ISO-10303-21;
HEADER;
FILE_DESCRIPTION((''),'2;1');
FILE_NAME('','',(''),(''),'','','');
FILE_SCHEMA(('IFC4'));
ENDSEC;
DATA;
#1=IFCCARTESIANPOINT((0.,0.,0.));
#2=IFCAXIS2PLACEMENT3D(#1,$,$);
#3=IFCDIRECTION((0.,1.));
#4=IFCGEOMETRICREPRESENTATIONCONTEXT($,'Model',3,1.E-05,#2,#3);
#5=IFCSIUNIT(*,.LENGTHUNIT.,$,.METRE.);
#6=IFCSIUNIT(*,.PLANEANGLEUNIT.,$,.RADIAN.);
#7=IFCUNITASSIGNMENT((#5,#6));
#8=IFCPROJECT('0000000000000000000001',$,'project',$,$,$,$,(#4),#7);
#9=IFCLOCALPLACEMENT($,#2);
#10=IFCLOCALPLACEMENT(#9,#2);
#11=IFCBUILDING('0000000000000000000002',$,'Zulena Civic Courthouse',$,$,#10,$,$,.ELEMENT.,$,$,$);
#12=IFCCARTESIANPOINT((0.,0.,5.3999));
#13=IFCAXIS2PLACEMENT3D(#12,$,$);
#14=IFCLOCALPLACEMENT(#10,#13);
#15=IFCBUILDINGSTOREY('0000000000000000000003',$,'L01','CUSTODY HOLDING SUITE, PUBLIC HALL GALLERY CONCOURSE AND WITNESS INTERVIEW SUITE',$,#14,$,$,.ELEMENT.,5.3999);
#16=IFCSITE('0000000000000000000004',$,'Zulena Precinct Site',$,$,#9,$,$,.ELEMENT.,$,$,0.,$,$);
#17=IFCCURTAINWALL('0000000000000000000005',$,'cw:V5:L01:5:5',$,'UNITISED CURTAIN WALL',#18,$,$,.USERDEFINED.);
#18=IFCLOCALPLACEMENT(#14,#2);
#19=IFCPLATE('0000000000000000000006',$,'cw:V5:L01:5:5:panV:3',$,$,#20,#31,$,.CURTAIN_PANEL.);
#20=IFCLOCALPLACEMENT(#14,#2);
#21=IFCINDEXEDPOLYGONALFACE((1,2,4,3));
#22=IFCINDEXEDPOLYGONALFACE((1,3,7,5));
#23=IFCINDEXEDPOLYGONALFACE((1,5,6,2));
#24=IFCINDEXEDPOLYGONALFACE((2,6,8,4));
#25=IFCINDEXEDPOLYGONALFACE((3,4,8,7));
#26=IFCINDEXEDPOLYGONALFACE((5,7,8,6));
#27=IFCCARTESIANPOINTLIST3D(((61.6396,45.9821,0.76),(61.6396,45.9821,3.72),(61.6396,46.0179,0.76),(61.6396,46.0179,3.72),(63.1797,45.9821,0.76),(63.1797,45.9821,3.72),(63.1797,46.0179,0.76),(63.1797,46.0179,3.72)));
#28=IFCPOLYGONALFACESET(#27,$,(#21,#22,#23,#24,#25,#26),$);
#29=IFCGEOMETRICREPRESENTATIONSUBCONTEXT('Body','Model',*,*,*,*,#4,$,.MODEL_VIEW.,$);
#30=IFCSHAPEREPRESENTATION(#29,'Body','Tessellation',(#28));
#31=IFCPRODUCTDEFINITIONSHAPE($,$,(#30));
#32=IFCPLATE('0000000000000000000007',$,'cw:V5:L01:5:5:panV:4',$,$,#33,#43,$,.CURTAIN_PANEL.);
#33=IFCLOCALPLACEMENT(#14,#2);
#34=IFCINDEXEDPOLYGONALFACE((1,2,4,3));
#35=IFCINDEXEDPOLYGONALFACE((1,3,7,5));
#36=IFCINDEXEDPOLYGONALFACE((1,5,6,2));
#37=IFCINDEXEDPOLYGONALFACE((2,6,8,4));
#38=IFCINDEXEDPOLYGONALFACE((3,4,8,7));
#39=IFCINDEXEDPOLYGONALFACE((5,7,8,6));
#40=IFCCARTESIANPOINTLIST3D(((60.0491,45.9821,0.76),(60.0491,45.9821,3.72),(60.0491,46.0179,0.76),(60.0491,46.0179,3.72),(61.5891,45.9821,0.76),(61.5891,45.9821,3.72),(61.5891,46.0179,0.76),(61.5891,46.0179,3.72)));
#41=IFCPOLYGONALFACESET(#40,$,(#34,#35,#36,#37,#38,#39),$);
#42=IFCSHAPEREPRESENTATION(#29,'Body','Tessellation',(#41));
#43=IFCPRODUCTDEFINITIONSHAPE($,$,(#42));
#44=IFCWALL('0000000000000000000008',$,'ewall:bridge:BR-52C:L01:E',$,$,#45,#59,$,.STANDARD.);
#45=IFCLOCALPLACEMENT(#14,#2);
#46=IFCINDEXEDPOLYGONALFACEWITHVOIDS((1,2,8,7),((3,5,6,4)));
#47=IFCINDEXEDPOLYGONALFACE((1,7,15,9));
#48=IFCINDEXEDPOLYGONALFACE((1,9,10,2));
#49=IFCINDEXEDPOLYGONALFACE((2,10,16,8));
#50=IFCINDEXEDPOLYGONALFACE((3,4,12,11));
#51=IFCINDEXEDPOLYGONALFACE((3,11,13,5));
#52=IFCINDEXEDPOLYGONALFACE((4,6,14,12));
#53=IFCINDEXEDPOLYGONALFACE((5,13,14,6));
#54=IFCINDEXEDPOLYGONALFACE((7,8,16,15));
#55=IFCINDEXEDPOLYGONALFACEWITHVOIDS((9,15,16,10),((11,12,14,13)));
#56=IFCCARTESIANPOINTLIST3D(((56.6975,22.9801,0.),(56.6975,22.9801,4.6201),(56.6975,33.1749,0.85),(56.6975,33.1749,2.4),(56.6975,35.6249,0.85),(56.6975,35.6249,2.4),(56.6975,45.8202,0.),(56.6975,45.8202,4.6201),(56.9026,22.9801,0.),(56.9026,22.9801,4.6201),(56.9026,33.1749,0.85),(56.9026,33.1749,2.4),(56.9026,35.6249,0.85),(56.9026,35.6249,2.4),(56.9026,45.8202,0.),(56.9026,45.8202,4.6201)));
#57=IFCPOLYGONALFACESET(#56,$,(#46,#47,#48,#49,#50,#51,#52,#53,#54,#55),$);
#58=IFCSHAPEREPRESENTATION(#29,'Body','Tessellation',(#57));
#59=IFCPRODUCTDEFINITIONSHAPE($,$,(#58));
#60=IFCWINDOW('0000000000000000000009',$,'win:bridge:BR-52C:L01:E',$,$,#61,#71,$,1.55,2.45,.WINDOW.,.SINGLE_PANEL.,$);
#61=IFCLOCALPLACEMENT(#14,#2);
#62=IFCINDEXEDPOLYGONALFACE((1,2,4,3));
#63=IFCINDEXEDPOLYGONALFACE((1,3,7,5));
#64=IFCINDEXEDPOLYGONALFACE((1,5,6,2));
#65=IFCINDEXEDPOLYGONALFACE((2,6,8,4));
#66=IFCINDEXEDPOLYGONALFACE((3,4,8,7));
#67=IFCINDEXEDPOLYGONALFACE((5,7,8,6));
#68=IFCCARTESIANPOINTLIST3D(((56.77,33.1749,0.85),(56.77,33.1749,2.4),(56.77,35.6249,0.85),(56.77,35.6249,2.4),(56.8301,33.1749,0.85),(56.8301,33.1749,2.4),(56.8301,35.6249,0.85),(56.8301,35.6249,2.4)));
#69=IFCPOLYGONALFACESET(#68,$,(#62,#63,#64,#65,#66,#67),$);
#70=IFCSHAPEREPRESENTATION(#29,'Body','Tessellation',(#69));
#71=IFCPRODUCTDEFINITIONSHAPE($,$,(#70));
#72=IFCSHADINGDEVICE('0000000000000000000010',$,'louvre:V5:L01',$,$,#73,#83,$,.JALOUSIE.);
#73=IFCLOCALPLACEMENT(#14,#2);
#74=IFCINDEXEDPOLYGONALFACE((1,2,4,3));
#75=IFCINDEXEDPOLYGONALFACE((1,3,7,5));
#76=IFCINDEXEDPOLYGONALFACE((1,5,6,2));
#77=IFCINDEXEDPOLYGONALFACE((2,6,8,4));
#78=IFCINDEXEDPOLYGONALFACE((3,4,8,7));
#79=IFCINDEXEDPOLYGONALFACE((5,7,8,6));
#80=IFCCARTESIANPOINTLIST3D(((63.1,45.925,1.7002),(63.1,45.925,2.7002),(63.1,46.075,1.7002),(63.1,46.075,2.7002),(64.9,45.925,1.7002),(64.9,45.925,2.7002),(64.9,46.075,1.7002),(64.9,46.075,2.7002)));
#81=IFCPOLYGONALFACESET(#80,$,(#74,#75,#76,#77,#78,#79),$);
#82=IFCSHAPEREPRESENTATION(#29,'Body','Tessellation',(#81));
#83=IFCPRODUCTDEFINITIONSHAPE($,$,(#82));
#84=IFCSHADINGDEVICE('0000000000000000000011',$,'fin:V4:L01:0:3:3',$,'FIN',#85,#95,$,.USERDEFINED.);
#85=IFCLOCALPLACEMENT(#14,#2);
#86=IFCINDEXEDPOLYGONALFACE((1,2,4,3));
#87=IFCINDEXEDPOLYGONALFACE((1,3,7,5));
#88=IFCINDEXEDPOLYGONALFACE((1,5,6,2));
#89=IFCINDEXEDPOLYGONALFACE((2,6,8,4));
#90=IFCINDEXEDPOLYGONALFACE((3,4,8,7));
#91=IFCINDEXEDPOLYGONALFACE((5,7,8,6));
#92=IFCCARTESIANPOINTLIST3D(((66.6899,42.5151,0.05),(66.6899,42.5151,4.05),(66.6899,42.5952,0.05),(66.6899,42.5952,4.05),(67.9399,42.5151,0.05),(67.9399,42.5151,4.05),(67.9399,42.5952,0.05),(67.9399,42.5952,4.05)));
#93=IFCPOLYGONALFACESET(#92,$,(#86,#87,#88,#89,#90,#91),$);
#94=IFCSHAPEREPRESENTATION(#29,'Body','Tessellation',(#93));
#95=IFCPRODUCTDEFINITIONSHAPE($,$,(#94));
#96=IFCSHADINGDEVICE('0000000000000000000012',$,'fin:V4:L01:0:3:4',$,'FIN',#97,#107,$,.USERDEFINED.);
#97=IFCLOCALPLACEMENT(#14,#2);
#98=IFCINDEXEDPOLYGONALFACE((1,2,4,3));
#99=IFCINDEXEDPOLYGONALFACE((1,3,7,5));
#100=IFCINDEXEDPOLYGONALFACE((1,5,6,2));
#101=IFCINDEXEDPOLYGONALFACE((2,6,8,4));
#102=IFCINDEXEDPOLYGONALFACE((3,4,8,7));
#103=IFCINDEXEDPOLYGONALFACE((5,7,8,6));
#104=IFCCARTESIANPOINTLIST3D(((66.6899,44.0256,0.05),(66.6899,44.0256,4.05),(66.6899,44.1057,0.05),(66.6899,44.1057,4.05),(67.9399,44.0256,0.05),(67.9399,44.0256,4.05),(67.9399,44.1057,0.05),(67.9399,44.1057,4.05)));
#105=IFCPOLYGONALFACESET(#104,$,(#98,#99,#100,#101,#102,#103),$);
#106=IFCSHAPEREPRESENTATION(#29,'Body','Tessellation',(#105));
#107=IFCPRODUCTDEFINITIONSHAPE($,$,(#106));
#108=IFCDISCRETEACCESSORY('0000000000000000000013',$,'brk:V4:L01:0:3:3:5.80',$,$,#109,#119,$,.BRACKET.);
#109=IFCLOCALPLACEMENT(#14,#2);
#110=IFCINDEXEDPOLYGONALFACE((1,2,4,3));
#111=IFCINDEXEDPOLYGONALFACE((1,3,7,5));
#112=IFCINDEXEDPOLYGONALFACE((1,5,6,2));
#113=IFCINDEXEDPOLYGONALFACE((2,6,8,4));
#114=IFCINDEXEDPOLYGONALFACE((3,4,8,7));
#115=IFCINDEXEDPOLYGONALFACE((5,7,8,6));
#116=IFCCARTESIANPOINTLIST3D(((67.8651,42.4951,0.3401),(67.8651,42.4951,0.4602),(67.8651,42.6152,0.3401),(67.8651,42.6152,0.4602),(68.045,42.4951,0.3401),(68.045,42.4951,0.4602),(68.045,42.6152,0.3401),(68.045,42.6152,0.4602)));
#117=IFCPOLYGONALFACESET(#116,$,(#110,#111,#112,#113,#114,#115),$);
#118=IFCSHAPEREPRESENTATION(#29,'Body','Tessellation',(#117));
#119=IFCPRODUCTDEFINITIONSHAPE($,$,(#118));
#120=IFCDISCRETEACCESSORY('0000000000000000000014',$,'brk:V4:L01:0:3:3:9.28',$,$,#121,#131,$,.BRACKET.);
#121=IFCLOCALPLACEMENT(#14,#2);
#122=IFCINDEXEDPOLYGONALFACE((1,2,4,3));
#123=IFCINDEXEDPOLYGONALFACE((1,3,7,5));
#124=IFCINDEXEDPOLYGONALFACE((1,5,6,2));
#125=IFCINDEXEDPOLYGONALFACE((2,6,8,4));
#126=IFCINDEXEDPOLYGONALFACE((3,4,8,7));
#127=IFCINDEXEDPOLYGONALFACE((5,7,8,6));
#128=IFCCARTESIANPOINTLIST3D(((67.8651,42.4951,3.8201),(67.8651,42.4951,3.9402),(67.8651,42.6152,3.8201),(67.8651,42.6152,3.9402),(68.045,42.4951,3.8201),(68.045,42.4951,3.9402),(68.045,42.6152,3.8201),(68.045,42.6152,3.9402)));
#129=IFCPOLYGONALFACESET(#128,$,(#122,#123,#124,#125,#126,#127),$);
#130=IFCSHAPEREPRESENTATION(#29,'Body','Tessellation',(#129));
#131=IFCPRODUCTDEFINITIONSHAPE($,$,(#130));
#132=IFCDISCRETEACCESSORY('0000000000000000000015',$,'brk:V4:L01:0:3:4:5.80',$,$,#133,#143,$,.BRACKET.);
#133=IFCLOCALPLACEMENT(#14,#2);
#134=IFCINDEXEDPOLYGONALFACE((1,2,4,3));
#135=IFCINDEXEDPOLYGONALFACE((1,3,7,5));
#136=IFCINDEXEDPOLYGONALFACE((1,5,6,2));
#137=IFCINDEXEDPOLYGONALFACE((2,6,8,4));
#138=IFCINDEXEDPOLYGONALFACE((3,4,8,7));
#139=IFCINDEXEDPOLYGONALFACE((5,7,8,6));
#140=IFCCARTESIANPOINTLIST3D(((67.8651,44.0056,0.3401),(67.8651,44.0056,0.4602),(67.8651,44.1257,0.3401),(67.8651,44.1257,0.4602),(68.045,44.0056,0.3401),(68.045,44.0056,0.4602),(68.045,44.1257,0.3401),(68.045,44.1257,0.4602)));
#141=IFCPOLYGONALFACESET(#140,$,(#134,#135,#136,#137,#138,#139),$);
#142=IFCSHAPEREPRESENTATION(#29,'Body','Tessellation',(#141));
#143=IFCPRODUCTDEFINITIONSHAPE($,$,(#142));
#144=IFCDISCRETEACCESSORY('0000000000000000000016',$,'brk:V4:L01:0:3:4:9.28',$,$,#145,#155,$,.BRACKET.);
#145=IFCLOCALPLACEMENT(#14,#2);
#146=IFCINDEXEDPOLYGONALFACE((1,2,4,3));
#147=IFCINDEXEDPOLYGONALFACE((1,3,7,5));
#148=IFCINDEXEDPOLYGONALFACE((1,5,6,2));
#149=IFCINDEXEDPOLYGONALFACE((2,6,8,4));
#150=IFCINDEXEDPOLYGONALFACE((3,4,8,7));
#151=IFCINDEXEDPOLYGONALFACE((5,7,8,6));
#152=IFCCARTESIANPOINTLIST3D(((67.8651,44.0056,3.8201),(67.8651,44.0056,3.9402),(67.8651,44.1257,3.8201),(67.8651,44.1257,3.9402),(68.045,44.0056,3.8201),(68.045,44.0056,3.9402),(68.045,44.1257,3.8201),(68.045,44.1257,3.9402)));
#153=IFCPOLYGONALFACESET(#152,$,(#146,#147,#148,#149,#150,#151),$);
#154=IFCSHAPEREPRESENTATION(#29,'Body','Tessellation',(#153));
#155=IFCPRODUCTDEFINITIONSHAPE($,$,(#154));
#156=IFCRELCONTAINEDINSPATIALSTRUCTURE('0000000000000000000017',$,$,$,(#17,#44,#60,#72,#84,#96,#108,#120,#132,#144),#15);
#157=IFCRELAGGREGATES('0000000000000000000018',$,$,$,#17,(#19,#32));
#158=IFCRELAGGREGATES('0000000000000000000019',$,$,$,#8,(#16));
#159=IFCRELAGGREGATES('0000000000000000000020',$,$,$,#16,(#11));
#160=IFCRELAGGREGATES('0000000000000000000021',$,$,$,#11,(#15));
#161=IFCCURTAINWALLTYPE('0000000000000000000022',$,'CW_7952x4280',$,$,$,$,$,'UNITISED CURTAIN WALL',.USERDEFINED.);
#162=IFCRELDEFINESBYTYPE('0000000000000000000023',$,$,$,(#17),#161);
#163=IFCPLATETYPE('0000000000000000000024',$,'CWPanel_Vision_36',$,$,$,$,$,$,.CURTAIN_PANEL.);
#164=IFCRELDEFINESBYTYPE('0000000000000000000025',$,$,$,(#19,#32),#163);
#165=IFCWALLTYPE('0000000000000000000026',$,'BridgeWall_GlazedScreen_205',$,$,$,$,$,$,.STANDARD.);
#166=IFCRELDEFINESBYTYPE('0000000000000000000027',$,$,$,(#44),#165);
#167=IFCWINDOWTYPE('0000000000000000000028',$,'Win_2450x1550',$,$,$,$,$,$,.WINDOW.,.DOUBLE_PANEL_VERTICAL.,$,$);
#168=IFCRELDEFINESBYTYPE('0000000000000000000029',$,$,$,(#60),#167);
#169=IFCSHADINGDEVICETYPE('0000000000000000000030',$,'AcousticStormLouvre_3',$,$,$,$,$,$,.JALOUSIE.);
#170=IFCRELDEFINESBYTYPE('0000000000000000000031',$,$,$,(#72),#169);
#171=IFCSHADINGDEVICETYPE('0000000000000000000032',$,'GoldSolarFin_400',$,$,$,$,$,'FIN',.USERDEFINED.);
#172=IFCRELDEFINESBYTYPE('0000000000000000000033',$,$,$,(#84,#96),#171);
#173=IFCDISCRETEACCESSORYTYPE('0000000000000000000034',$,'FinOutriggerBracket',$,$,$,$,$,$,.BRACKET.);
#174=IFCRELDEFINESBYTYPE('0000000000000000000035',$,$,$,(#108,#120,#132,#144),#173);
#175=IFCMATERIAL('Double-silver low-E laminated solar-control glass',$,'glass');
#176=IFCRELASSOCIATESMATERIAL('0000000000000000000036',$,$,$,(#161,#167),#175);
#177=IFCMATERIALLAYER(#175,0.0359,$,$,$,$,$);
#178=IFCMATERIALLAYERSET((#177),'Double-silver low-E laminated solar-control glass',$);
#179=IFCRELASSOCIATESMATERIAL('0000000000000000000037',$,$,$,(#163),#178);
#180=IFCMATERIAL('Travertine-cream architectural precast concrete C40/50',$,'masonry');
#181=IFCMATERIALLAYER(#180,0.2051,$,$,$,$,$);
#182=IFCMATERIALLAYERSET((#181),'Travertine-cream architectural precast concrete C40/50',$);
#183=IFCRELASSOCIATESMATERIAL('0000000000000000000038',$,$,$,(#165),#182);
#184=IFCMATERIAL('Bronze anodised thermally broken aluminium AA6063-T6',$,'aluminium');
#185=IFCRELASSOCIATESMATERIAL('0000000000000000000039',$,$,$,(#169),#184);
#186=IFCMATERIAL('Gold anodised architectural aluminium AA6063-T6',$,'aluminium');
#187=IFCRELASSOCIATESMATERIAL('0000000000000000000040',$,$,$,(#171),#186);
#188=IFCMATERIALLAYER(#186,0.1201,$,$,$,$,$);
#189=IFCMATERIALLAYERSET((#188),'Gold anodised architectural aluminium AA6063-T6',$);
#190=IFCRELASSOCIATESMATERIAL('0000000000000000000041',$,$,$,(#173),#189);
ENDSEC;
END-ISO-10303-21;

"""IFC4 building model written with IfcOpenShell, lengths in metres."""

from ifc_helpers import new_model, si_unit, direction, frame, frame_2d, origin, origin_2d, place, context, subcontext, project, spatial, rectangle, extrude, material, layer, layer_set, type_object, element, fill, aggregate, save


model = new_model("IFC4")

# Units and contexts
model_context = context("Model", 3, precision=1e-05, world=origin(), true_north=direction((0.0, 1.0)))
body_context = subcontext(model_context, "Body", "Model", "MODEL_VIEW")
ifc_project = project(units=[si_unit("LENGTHUNIT", "METRE"), si_unit("PLANEANGLEUNIT", "RADIAN")], contexts=[model_context])

# Site, building, storey
site_placement = place(None, origin())
site = spatial("IfcSite", under=ifc_project, at=site_placement, Name="Zulena Precinct Site", CompositionType="ELEMENT", RefElevation=0.0)
building_placement = place(site_placement, origin())
building = spatial("IfcBuilding", under=site, at=building_placement, Name="Zulena Civic Courthouse", CompositionType="ELEMENT")
storey_placement = place(building_placement, frame((0.0, 0.0, 5.3999)))
storey = spatial("IfcBuildingStorey", under=building, at=storey_placement, Name="L01", Description="CUSTODY HOLDING SUITE, PUBLIC HALL GALLERY CONCOURSE AND WITNESS INTERVIEW SUITE", CompositionType="ELEMENT", Elevation=5.3999)

# Curtain wall
ifc_material_1 = material(Name="Double-silver low-E laminated solar-control glass", Category="glass")
curtain_wall_type = type_object("IfcCurtainWallType", Name="CW_7952x4280", ElementType="UNITISED CURTAIN WALL", PredefinedType="USERDEFINED", material=ifc_material_1)
curtain_wall_placement = place(storey_placement, origin())
curtain_wall = element("IfcCurtainWall", 1, at=curtain_wall_placement, inside=storey, type_object=curtain_wall_type, Name="cw:V5:L01:5:5", ObjectType="UNITISED CURTAIN WALL", PredefinedType="USERDEFINED")
ifc_material_2 = material(Name="Bronze anodised thermally broken aluminium AA6063-T6", Category="aluminium")

# Plates
ifc_layer_1 = layer(ifc_material_1, 0.0359)
ifc_layer_set_1 = layer_set([ifc_layer_1], Name="Double-silver low-E laminated solar-control glass")
plate_type_1 = type_object("IfcPlateType", Name="CWPanel_Vision_36", PredefinedType="CURTAIN_PANEL", material=ifc_layer_set_1)
plate_1_placement = place(storey_placement, frame((62.4097, 46.0, 0.76), z_axis=(0.0, 0.0, 1.0), x_axis=(-1.0, 0.0, 0.0)))
plate_1 = element("IfcPlate", 2, at=plate_1_placement, type_object=plate_type_1, Name="cw:V5:L01:5:5:panV:3", PredefinedType="CURTAIN_PANEL", context=body_context, shape_type="SweptSolid", body=[
    extrude(rectangle(XDim=1.54, YDim=0.0359, at=origin_2d()), origin(), (0.0, 0.0, 1.0), 2.96),
])
plate_2_placement = place(storey_placement, frame((60.8191, 46.0, 0.76), z_axis=(0.0, 0.0, 1.0), x_axis=(-1.0, 0.0, 0.0)))
plate_2 = element("IfcPlate", 3, at=plate_2_placement, type_object=plate_type_1, Name="cw:V5:L01:5:5:panV:4", PredefinedType="CURTAIN_PANEL", context=body_context, shape_type="SweptSolid", body=[
    extrude(rectangle(XDim=1.54, YDim=0.0359, at=origin_2d()), origin(), (0.0, 0.0, 1.0), 2.96),
])
aggregate(curtain_wall, [plate_1, plate_2])

# Wall, opening, window
ifc_material_3 = material(Name="Travertine-cream architectural precast concrete C40/50", Category="masonry")
ifc_layer_2 = layer(ifc_material_3, 0.2051)
ifc_layer_set_2 = layer_set([ifc_layer_2], Name="Travertine-cream architectural precast concrete C40/50")
wall_type = type_object("IfcWallType", Name="BridgeWall_GlazedScreen_205", PredefinedType="STANDARD", material=ifc_layer_set_2)
wall_placement = place(storey_placement, frame((56.8, 45.8201, 0.0), z_axis=(0.0, 0.0, 1.0), x_axis=(0.0, -1.0, 0.0)))
wall = element("IfcWall", 4, at=wall_placement, inside=storey, type_object=wall_type, Name="ewall:bridge:BR-52C:L01:E", PredefinedType="STANDARD", context=body_context, shape_type="SweptSolid", body=[
    extrude(rectangle(XDim=22.8401, YDim=0.2051, at=frame_2d((11.4199, 0.0))), origin(), (0.0, 0.0, 1.0), 4.6201),
])
opening_placement = place(wall_placement, frame((10.1951, 0.0, 0.8501)))
opening = element("IfcOpeningElement", 5, at=opening_placement, cuts=wall, PredefinedType="OPENING", context=body_context, shape_type="SweptSolid", body=[
    extrude(rectangle(XDim=2.45, YDim=1.55, at=frame_2d((1.2251, 0.7749))), frame((0.0, 0.1125, 0.0), z_axis=(0.0, -1.0, 0.0), x_axis=(1.0, 0.0, 0.0)), (0.0, 0.0, 1.0), 0.2251),
])
window_type = type_object("IfcWindowType", Name="Win_2450x1550", PartitioningType="DOUBLE_PANEL_VERTICAL", PredefinedType="WINDOW", material=ifc_material_1)
window_placement = place(opening_placement, origin())
window = element("IfcWindow", 6, at=window_placement, inside=storey, type_object=window_type, Name="win:bridge:BR-52C:L01:E", OverallHeight=1.55, OverallWidth=2.45, PartitioningType="SINGLE_PANEL", PredefinedType="WINDOW", context=body_context, shape_type="SweptSolid", body=[
    extrude(rectangle(XDim=2.45, YDim=1.55, at=frame_2d((1.2251, 0.7749))), frame((0.0, 0.03, 0.0), z_axis=(0.0, -1.0, 0.0), x_axis=(1.0, 0.0, 0.0)), (0.0, 0.0, 1.0), 0.0601),
])
fill(opening, window)

# Shading devices
shading_device_type_1 = type_object("IfcShadingDeviceType", Name="AcousticStormLouvre_3", PredefinedType="JALOUSIE", material=ifc_material_2)
shading_device_placement = place(storey_placement, frame((64.0, 46.0, 1.7002), z_axis=(0.0, 0.0, 1.0), x_axis=(1.0, 0.0, 0.0)))
element("IfcShadingDevice", 7, at=shading_device_placement, inside=storey, type_object=shading_device_type_1, Name="louvre:V5:L01", PredefinedType="JALOUSIE", context=body_context, shape_type="SweptSolid", body=[
    extrude(rectangle(XDim=1.8, YDim=0.1499, at=origin_2d()), origin(), (0.0, 0.0, 1.0), 1.0),
])
ifc_material_4 = material(Name="Gold anodised architectural aluminium AA6063-T6", Category="aluminium")
shading_device_type_2 = type_object("IfcShadingDeviceType", Name="GoldSolarFin_400", ElementType="FIN", PredefinedType="USERDEFINED", material=ifc_material_4)
for number, where, z_axis, x_axis, name in (
    (8, (67.3149, 42.5552, 0.05), (0.0, 0.0, 1.0), (-1.0, 0.0, 0.0), "fin:V4:L01:0:3:3"),
    (9, (67.3149, 44.0657, 0.05), (0.0, 0.0, 1.0), (-1.0, 0.0, 0.0), "fin:V4:L01:0:3:4"),
):
    element("IfcShadingDevice", number, at=place(storey_placement, frame(where, z_axis=z_axis, x_axis=x_axis)), inside=storey, type_object=shading_device_type_2, Name=name, ObjectType="FIN", PredefinedType="USERDEFINED", context=body_context, shape_type="SweptSolid", body=[
        extrude(rectangle(XDim=1.25, YDim=0.0801, at=origin_2d()), origin(), (0.0, 0.0, 1.0), 4.0),
    ])

# Discrete accessories
ifc_layer_3 = layer(ifc_material_4, 0.1201)
ifc_layer_set_3 = layer_set([ifc_layer_3], Name="Gold anodised architectural aluminium AA6063-T6")
discrete_accessory_type = type_object("IfcDiscreteAccessoryType", Name="FinOutriggerBracket", PredefinedType="BRACKET", material=ifc_layer_set_3)
for number, where, z_axis, x_axis, name in (
    (10, (67.9551, 42.5552, 0.3401), (0.0, 0.0, 1.0), (-1.0, 0.0, 0.0), "brk:V4:L01:0:3:3:5.80"),
    (11, (67.9551, 42.5552, 3.8201), (0.0, 0.0, 1.0), (-1.0, 0.0, 0.0), "brk:V4:L01:0:3:3:9.28"),
    (12, (67.9551, 44.0657, 0.3401), (0.0, 0.0, 1.0), (-1.0, 0.0, 0.0), "brk:V4:L01:0:3:4:5.80"),
    (13, (67.9551, 44.0657, 3.8201), (0.0, 0.0, 1.0), (-1.0, 0.0, 0.0), "brk:V4:L01:0:3:4:9.28"),
):
    element("IfcDiscreteAccessory", number, at=place(storey_placement, frame(where, z_axis=z_axis, x_axis=x_axis)), inside=storey, type_object=discrete_accessory_type, Name=name, PredefinedType="BRACKET", context=body_context, shape_type="SweptSolid", body=[
        extrude(rectangle(XDim=0.1799, YDim=0.1201, at=origin_2d()), origin(), (0.0, 0.0, 1.0), 0.1201),
    ])

save(model, "model.ifc")
